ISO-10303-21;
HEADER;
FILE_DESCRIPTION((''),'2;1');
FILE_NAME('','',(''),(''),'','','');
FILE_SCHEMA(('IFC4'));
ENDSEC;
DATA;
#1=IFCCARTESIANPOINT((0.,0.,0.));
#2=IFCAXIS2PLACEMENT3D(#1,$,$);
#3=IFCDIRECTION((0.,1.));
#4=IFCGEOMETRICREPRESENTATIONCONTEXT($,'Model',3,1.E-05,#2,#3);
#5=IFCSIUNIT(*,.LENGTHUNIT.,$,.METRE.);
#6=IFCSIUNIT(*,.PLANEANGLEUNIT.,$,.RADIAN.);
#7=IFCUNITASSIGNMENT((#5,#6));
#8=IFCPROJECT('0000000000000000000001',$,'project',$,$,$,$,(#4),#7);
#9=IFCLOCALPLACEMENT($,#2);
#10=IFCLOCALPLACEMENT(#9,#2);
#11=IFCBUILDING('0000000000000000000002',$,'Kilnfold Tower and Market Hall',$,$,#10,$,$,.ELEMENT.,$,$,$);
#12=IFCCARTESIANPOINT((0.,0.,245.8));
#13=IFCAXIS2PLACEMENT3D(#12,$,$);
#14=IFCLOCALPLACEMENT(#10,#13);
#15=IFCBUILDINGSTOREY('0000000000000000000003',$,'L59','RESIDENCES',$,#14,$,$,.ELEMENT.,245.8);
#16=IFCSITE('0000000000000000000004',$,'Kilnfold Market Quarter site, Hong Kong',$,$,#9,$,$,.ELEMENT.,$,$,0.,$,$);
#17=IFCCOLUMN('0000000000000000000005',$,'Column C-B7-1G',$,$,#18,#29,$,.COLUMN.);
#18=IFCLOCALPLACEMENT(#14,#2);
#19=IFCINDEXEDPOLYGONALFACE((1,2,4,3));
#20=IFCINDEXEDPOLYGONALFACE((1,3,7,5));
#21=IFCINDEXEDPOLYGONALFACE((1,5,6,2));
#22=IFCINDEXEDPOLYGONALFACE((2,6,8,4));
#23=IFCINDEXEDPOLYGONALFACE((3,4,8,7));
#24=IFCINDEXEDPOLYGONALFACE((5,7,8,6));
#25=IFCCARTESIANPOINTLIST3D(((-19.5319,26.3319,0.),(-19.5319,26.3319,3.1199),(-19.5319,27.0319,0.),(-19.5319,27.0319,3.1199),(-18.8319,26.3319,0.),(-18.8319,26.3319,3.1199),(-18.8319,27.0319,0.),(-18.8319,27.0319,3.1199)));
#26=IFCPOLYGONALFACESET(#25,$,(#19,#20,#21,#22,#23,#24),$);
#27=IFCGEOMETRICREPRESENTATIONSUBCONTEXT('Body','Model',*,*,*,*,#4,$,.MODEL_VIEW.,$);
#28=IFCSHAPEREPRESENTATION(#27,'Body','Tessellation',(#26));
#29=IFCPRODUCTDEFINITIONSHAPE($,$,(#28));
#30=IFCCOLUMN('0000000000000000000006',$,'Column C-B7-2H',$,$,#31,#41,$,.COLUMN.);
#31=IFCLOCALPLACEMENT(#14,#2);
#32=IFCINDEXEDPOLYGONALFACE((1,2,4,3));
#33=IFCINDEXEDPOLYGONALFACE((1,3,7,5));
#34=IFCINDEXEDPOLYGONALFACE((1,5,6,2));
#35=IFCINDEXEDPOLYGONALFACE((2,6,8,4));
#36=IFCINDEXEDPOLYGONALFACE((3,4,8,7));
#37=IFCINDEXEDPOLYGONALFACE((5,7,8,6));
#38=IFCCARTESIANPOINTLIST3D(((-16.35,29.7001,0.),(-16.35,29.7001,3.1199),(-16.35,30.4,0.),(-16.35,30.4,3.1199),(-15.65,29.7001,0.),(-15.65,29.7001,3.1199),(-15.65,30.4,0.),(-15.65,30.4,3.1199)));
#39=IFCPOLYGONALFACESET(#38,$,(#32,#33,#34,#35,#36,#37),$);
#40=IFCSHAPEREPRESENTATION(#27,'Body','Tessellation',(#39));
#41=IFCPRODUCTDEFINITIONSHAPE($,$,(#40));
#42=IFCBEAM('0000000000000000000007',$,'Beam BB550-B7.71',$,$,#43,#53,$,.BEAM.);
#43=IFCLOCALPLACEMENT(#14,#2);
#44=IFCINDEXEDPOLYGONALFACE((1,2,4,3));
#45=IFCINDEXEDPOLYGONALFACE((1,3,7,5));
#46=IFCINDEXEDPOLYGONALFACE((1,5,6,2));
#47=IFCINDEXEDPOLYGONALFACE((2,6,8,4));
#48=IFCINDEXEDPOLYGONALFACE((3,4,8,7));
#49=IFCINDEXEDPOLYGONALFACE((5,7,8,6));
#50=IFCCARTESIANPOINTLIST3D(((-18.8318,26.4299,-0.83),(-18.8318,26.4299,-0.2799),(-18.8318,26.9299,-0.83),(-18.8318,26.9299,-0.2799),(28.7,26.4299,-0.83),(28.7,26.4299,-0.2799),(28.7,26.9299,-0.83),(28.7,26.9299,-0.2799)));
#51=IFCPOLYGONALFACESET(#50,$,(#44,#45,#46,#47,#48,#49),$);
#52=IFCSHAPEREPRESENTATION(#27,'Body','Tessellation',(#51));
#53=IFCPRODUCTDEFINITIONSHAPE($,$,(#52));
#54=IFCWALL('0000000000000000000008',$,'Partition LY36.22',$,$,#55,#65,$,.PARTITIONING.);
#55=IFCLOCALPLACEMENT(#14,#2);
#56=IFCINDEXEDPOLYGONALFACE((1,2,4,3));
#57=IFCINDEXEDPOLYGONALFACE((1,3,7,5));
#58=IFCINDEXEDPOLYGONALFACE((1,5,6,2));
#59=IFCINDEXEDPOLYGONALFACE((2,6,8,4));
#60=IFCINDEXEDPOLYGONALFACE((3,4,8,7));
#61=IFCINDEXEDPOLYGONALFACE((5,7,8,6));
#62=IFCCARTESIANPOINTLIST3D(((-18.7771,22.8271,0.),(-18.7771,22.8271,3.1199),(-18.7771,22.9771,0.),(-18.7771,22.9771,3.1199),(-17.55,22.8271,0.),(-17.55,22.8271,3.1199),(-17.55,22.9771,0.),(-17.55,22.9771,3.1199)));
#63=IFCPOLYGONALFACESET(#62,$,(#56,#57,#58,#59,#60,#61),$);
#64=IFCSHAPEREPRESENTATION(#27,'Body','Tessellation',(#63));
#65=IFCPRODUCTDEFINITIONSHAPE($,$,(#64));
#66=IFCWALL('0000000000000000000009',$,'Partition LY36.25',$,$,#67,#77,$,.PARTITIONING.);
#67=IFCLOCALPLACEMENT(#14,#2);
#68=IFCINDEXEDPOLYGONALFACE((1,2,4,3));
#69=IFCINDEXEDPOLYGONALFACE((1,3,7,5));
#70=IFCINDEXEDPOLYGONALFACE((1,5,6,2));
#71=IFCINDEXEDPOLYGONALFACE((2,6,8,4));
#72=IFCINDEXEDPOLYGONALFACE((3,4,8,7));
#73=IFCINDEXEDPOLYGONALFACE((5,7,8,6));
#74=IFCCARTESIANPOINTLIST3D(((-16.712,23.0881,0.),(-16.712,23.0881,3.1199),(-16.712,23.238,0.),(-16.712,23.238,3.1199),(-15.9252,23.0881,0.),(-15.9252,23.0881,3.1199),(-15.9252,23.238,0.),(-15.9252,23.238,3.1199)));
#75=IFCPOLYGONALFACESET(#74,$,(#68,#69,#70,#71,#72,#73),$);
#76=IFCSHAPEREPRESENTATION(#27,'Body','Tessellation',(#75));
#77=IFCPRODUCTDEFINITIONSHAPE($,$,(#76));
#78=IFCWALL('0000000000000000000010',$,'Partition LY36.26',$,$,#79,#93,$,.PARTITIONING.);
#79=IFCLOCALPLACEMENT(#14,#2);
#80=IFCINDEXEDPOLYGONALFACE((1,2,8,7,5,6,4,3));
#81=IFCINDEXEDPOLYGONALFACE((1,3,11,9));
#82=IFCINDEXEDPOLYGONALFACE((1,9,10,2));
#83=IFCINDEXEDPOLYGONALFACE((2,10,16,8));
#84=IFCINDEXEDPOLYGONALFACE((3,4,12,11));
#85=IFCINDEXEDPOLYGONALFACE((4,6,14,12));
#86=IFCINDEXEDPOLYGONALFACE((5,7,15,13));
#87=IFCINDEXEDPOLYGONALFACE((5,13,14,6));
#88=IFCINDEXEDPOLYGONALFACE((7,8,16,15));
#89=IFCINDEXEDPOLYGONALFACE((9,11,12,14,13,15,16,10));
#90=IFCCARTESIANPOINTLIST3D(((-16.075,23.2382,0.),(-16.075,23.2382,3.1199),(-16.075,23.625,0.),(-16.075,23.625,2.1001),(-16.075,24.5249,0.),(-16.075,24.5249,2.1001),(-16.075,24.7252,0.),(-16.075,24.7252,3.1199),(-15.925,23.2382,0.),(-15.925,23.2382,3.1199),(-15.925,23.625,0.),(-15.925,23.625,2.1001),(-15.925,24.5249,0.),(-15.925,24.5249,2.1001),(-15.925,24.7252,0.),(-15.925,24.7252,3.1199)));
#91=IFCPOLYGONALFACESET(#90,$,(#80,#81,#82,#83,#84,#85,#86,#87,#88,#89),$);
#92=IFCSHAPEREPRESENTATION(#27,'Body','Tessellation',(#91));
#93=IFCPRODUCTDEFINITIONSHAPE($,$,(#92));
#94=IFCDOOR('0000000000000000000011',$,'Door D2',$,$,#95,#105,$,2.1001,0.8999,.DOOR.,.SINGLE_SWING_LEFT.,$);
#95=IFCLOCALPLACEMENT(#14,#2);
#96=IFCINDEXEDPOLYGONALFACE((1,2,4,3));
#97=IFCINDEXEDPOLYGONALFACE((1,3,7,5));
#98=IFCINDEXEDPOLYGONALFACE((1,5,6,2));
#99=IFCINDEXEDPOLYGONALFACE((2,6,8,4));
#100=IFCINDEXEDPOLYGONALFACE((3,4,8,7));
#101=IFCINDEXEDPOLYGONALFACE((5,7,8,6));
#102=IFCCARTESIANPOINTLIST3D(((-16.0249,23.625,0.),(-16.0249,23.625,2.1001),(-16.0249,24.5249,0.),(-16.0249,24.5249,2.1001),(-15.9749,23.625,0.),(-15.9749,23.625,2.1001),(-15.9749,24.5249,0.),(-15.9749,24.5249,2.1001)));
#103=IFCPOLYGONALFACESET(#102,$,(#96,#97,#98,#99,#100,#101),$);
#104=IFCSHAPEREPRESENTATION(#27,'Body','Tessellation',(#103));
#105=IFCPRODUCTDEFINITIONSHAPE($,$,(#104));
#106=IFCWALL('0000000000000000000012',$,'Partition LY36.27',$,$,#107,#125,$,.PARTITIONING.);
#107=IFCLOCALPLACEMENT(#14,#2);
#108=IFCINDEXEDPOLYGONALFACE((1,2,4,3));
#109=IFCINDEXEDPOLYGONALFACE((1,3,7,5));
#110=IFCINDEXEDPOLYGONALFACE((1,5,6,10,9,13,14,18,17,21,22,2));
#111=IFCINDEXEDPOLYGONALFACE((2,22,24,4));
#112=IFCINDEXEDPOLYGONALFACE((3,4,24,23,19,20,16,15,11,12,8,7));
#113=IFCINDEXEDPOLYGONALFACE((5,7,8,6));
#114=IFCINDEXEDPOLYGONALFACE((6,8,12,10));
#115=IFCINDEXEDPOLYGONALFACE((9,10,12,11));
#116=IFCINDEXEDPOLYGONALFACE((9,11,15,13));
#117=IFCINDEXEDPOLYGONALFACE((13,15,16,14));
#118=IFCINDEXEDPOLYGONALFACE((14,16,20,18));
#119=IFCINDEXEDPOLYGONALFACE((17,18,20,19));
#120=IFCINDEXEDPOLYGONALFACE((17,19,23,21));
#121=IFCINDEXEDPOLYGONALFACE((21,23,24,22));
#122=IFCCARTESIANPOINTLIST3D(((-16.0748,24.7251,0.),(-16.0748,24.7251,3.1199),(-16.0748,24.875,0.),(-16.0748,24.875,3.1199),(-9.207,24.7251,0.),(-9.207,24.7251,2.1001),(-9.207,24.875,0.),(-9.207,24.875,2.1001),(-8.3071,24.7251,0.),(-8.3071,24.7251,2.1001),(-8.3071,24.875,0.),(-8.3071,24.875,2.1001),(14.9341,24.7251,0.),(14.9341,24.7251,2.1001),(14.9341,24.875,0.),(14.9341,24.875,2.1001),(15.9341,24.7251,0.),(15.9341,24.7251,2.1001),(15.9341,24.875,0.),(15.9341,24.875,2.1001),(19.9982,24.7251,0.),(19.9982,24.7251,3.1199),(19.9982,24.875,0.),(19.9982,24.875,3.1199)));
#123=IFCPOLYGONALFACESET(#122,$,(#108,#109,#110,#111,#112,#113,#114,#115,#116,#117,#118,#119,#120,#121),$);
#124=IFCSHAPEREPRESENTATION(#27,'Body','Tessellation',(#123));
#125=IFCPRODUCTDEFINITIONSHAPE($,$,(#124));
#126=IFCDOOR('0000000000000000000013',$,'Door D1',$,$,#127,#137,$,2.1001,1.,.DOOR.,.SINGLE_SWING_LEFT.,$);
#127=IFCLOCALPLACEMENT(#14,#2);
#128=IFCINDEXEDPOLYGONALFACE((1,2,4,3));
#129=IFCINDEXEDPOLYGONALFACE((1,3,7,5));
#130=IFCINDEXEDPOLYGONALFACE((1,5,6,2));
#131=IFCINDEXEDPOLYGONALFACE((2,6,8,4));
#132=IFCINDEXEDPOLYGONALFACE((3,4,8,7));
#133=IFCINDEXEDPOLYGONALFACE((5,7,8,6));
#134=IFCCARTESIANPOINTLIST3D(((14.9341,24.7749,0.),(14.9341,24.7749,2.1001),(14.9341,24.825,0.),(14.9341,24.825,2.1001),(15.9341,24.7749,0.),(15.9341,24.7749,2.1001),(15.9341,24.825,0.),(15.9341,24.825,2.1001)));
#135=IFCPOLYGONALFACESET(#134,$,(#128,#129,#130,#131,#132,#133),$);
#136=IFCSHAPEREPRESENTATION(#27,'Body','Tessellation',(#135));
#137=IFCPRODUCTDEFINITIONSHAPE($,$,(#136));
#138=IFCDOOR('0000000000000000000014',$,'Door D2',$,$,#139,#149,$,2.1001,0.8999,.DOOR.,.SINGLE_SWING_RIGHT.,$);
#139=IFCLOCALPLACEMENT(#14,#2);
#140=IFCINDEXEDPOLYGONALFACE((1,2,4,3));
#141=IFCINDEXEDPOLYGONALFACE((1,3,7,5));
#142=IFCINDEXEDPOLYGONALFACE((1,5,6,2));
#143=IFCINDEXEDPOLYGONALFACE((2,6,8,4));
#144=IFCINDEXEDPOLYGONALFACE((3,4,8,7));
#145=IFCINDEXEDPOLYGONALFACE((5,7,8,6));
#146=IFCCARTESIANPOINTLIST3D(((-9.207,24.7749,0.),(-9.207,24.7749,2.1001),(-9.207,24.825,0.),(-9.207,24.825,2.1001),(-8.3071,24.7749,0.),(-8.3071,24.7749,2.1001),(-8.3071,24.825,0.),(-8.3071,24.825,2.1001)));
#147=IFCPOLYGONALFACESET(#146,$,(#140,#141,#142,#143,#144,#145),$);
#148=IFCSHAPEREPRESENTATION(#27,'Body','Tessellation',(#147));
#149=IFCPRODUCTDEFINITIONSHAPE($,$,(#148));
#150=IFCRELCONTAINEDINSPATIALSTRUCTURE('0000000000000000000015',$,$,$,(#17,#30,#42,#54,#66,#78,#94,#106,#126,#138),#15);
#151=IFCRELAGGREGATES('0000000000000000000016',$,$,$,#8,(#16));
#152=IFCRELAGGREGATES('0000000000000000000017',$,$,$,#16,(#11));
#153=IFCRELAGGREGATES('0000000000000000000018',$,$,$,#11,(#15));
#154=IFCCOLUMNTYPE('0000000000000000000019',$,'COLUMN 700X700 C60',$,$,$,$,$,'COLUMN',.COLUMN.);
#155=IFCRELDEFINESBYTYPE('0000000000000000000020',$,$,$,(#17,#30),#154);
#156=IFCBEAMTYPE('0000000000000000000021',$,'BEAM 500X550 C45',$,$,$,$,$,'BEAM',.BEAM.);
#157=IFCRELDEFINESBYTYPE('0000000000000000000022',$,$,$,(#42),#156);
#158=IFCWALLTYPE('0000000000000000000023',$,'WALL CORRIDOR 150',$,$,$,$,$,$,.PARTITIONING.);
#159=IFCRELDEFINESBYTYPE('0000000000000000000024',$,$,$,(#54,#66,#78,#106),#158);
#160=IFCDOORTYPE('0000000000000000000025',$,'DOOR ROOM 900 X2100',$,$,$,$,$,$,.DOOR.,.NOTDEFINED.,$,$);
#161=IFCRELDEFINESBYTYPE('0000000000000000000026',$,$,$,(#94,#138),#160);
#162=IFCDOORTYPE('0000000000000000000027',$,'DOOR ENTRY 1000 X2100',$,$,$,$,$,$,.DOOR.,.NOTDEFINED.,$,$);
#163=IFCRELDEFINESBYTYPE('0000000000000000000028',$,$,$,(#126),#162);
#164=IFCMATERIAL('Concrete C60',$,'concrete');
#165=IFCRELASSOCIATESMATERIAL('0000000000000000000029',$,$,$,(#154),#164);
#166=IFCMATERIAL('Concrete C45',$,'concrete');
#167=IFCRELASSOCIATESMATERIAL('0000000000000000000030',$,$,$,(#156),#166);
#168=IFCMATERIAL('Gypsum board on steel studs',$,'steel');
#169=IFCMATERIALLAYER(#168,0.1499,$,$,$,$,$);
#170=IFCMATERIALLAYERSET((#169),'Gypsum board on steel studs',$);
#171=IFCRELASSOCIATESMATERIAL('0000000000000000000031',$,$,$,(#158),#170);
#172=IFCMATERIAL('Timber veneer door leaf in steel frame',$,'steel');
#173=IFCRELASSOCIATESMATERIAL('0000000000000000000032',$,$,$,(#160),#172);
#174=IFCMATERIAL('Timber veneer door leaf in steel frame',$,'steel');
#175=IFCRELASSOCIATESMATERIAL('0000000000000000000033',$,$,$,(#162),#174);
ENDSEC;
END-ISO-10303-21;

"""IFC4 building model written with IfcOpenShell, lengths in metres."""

from ifc_helpers import new_model, si_unit, direction, frame, frame_2d, origin, origin_2d, place, context, subcontext, project, spatial, rectangle, extrude, source, transform, mapped, material, layer, layer_set, material_profile, profile_set, type_object, element, fill, save


model = new_model("IFC4")

# Units and contexts
model_context = context("Model", 3, precision=1e-05, world=origin(), true_north=direction((0.0, 1.0)))
body_context = subcontext(model_context, "Body", "Model", "MODEL_VIEW")
ifc_project = project(units=[si_unit("LENGTHUNIT", "METRE"), si_unit("PLANEANGLEUNIT", "RADIAN")], contexts=[model_context])

# Site, building, storey
site_placement = place(None, origin())
site = spatial("IfcSite", under=ifc_project, at=site_placement, Name="Kilnfold Market Quarter site, Hong Kong", CompositionType="ELEMENT", RefElevation=0.0)
building_placement = place(site_placement, origin())
building = spatial("IfcBuilding", under=site, at=building_placement, Name="Kilnfold Tower and Market Hall", CompositionType="ELEMENT")
storey_placement = place(building_placement, frame((0.0, 0.0, 245.8)))
storey = spatial("IfcBuildingStorey", under=building, at=storey_placement, Name="L59", Description="RESIDENCES", CompositionType="ELEMENT", Elevation=245.8)

# Columns
ifc_material_1 = material(Name="Concrete C60", Category="concrete")
ifc_material_profile_1 = material_profile(ifc_material_1, rectangle(XDim=0.7, YDim=0.7, at=origin_2d()), Name="RC 700x700")
ifc_profile_set_1 = profile_set([ifc_material_profile_1], Name="Concrete C60")
column_type = type_object("IfcColumnType", Name="COLUMN 700X700 C60", ElementType="COLUMN", PredefinedType="COLUMN", material=ifc_profile_set_1)
shared_shape_1 = source(origin(), body_context, "Body", "SweptSolid", [
    extrude(rectangle(XDim=0.7, YDim=0.7, at=origin_2d()), origin(), (0.0, 0.0, 1.0), 3.1199),
])
for number, where, z_axis, x_axis, name in (
    (1, (-19.1819, 26.6819, 0.0), (0.0, 0.0, 1.0), (1.0, 0.0, 0.0), "Column C-B7-1G"),
    (2, (-16.0, 30.05, 0.0), (0.0, 0.0, 1.0), (1.0, 0.0, 0.0), "Column C-B7-2H"),
):
    element("IfcColumn", number, at=place(storey_placement, frame(where, z_axis=z_axis, x_axis=x_axis)), inside=storey, type_object=column_type, Name=name, PredefinedType="COLUMN", context=body_context, shape_type="MappedRepresentation", body=[
        mapped(shared_shape_1, transform((0.0, 0.0, 0.0))),
    ])

# Beam
ifc_material_2 = material(Name="Concrete C45", Category="concrete")
ifc_material_profile_2 = material_profile(ifc_material_2, rectangle(XDim=0.5, YDim=0.55, at=origin_2d()), Name="RC 500x550")
ifc_profile_set_2 = profile_set([ifc_material_profile_2], Name="Concrete C45")
beam_type = type_object("IfcBeamType", Name="BEAM 500X550 C45", ElementType="BEAM", PredefinedType="BEAM", material=ifc_profile_set_2)
shared_shape_2 = source(origin(), body_context, "Body", "SweptSolid", [
    extrude(rectangle(XDim=0.5, YDim=0.55, at=origin_2d()), origin(), (0.0, 0.0, 1.0), 47.5317),
])
beam_placement = place(storey_placement, frame((-18.8318, 26.6799, -0.5549), z_axis=(1.0, 0.0, 0.0), x_axis=(0.0, 1.0, 0.0)))
element("IfcBeam", 3, at=beam_placement, inside=storey, type_object=beam_type, Name="Beam BB550-B7.71", PredefinedType="BEAM", context=body_context, shape_type="MappedRepresentation", body=[
    mapped(shared_shape_2, transform((0.0, 0.0, 0.0))),
])

# Walls
ifc_material_3 = material(Name="Gypsum board on steel studs", Category="steel")
ifc_layer_1 = layer(ifc_material_3, 0.1499)
ifc_layer_set_1 = layer_set([ifc_layer_1], Name="Gypsum board on steel studs")
wall_type_1 = type_object("IfcWallType", Name="WALL CORRIDOR 150", PredefinedType="PARTITIONING", material=ifc_layer_set_1)
wall_1_placement = place(storey_placement, frame((-17.55, 22.9021, 0.0), z_axis=(0.0, 0.0, 1.0), x_axis=(-1.0, 0.0, 0.0)))
element("IfcWall", 4, at=wall_1_placement, inside=storey, type_object=wall_type_1, Name="Partition LY36.22", PredefinedType="PARTITIONING", context=body_context, shape_type="SweptSolid", body=[
    extrude(rectangle(XDim=1.2271, YDim=0.1499, at=frame_2d((0.6135, 0.0))), origin(), (0.0, 0.0, 1.0), 3.1199),
])
wall_2_placement = place(storey_placement, frame((-15.925, 23.1631, 0.0), z_axis=(0.0, 0.0, 1.0), x_axis=(-1.0, 0.0, 0.0)))
element("IfcWall", 5, at=wall_2_placement, inside=storey, type_object=wall_type_1, Name="Partition LY36.25", PredefinedType="PARTITIONING", context=body_context, shape_type="SweptSolid", body=[
    extrude(rectangle(XDim=0.7869, YDim=0.1499, at=frame_2d((0.3936, 0.0))), origin(), (0.0, 0.0, 1.0), 3.1199),
])

# Wall, opening, door
wall_3_placement = place(storey_placement, frame((-16.0, 23.238, 0.0), z_axis=(0.0, 0.0, 1.0), x_axis=(0.0, 1.0, 0.0)))
wall_3 = element("IfcWall", 6, at=wall_3_placement, inside=storey, type_object=wall_type_1, Name="Partition LY36.26", PredefinedType="PARTITIONING", context=body_context, shape_type="SweptSolid", body=[
    extrude(rectangle(XDim=1.4871, YDim=0.1499, at=frame_2d((0.7437, 0.0))), origin(), (0.0, 0.0, 1.0), 3.1199),
])
opening_1_placement = place(wall_3_placement, frame((0.387, 0.0, 0.0)))
opening_1 = element("IfcOpeningElement", 7, at=opening_1_placement, cuts=wall_3, PredefinedType="OPENING", context=body_context, shape_type="SweptSolid", body=[
    extrude(rectangle(XDim=0.8999, YDim=2.1001, at=frame_2d((0.45, 1.05))), frame((0.0, 0.085, 0.0), z_axis=(0.0, -1.0, 0.0), x_axis=(1.0, 0.0, 0.0)), (0.0, 0.0, 1.0), 0.1699),
])
ifc_material_4 = material(Name="Timber veneer door leaf in steel frame", Category="steel")
door_type_1 = type_object("IfcDoorType", Name="DOOR ROOM 900 X2100", OperationType="NOTDEFINED", PredefinedType="DOOR", material=ifc_material_4)
door_1_placement = place(opening_1_placement, origin())
door_1 = element("IfcDoor", 8, at=door_1_placement, inside=storey, type_object=door_type_1, Name="Door D2", OperationType="SINGLE_SWING_LEFT", OverallHeight=2.1001, OverallWidth=0.8999, PredefinedType="DOOR", context=body_context, shape_type="SweptSolid", body=[
    extrude(rectangle(XDim=0.8999, YDim=2.1001, at=frame_2d((0.45, 1.05))), frame((0.0, 0.0249, 0.0), z_axis=(0.0, -1.0, 0.0), x_axis=(1.0, 0.0, 0.0)), (0.0, 0.0, 1.0), 0.05),
])
fill(opening_1, door_1)

# Wall, openings, doors
wall_4_placement = place(storey_placement, frame((-16.075, 24.8, 0.0), z_axis=(0.0, 0.0, 1.0), x_axis=(1.0, 0.0, 0.0)))
wall_4 = element("IfcWall", 9, at=wall_4_placement, inside=storey, type_object=wall_type_1, Name="Partition LY36.27", PredefinedType="PARTITIONING", context=body_context, shape_type="SweptSolid", body=[
    extrude(rectangle(XDim=36.073, YDim=0.1499, at=frame_2d((18.0366, 0.0))), origin(), (0.0, 0.0, 1.0), 3.1199),
])
opening_2_placement = place(wall_4_placement, frame((6.8679, 0.0, 0.0)))
opening_2 = element("IfcOpeningElement", 10, at=opening_2_placement, cuts=wall_4, PredefinedType="OPENING", context=body_context, shape_type="SweptSolid", body=[
    extrude(rectangle(XDim=0.8999, YDim=2.1001, at=frame_2d((0.45, 1.05))), frame((0.0, 0.085, 0.0), z_axis=(0.0, -1.0, 0.0), x_axis=(1.0, 0.0, 0.0)), (0.0, 0.0, 1.0), 0.1699),
])
opening_3_placement = place(wall_4_placement, frame((31.009, 0.0, 0.0)))
opening_3 = element("IfcOpeningElement", 11, at=opening_3_placement, cuts=wall_4, PredefinedType="OPENING", context=body_context, shape_type="SweptSolid", body=[
    extrude(rectangle(XDim=1.0, YDim=2.1001, at=frame_2d((0.5, 1.05))), frame((0.0, 0.085, 0.0), z_axis=(0.0, -1.0, 0.0), x_axis=(1.0, 0.0, 0.0)), (0.0, 0.0, 1.0), 0.1699),
])
ifc_material_5 = material(Name="Timber veneer door leaf in steel frame", Category="steel")
door_type_2 = type_object("IfcDoorType", Name="DOOR ENTRY 1000 X2100", OperationType="NOTDEFINED", PredefinedType="DOOR", material=ifc_material_5)
door_2_placement = place(opening_3_placement, origin())
door_2 = element("IfcDoor", 12, at=door_2_placement, inside=storey, type_object=door_type_2, Name="Door D1", OperationType="SINGLE_SWING_LEFT", OverallHeight=2.1001, OverallWidth=1.0, PredefinedType="DOOR", context=body_context, shape_type="SweptSolid", body=[
    extrude(rectangle(XDim=1.0, YDim=2.1001, at=frame_2d((0.5, 1.05))), frame((0.0, 0.0249, 0.0), z_axis=(0.0, -1.0, 0.0), x_axis=(1.0, 0.0, 0.0)), (0.0, 0.0, 1.0), 0.05),
])
fill(opening_3, door_2)
door_3_placement = place(opening_2_placement, origin())
door_3 = element("IfcDoor", 13, at=door_3_placement, inside=storey, type_object=door_type_1, Name="Door D2", OperationType="SINGLE_SWING_RIGHT", OverallHeight=2.1001, OverallWidth=0.8999, PredefinedType="DOOR", context=body_context, shape_type="SweptSolid", body=[
    extrude(rectangle(XDim=0.8999, YDim=2.1001, at=frame_2d((0.45, 1.05))), frame((0.0, 0.0249, 0.0), z_axis=(0.0, -1.0, 0.0), x_axis=(1.0, 0.0, 0.0)), (0.0, 0.0, 1.0), 0.05),
])
fill(opening_2, door_3)

save(model, "model.ifc")
